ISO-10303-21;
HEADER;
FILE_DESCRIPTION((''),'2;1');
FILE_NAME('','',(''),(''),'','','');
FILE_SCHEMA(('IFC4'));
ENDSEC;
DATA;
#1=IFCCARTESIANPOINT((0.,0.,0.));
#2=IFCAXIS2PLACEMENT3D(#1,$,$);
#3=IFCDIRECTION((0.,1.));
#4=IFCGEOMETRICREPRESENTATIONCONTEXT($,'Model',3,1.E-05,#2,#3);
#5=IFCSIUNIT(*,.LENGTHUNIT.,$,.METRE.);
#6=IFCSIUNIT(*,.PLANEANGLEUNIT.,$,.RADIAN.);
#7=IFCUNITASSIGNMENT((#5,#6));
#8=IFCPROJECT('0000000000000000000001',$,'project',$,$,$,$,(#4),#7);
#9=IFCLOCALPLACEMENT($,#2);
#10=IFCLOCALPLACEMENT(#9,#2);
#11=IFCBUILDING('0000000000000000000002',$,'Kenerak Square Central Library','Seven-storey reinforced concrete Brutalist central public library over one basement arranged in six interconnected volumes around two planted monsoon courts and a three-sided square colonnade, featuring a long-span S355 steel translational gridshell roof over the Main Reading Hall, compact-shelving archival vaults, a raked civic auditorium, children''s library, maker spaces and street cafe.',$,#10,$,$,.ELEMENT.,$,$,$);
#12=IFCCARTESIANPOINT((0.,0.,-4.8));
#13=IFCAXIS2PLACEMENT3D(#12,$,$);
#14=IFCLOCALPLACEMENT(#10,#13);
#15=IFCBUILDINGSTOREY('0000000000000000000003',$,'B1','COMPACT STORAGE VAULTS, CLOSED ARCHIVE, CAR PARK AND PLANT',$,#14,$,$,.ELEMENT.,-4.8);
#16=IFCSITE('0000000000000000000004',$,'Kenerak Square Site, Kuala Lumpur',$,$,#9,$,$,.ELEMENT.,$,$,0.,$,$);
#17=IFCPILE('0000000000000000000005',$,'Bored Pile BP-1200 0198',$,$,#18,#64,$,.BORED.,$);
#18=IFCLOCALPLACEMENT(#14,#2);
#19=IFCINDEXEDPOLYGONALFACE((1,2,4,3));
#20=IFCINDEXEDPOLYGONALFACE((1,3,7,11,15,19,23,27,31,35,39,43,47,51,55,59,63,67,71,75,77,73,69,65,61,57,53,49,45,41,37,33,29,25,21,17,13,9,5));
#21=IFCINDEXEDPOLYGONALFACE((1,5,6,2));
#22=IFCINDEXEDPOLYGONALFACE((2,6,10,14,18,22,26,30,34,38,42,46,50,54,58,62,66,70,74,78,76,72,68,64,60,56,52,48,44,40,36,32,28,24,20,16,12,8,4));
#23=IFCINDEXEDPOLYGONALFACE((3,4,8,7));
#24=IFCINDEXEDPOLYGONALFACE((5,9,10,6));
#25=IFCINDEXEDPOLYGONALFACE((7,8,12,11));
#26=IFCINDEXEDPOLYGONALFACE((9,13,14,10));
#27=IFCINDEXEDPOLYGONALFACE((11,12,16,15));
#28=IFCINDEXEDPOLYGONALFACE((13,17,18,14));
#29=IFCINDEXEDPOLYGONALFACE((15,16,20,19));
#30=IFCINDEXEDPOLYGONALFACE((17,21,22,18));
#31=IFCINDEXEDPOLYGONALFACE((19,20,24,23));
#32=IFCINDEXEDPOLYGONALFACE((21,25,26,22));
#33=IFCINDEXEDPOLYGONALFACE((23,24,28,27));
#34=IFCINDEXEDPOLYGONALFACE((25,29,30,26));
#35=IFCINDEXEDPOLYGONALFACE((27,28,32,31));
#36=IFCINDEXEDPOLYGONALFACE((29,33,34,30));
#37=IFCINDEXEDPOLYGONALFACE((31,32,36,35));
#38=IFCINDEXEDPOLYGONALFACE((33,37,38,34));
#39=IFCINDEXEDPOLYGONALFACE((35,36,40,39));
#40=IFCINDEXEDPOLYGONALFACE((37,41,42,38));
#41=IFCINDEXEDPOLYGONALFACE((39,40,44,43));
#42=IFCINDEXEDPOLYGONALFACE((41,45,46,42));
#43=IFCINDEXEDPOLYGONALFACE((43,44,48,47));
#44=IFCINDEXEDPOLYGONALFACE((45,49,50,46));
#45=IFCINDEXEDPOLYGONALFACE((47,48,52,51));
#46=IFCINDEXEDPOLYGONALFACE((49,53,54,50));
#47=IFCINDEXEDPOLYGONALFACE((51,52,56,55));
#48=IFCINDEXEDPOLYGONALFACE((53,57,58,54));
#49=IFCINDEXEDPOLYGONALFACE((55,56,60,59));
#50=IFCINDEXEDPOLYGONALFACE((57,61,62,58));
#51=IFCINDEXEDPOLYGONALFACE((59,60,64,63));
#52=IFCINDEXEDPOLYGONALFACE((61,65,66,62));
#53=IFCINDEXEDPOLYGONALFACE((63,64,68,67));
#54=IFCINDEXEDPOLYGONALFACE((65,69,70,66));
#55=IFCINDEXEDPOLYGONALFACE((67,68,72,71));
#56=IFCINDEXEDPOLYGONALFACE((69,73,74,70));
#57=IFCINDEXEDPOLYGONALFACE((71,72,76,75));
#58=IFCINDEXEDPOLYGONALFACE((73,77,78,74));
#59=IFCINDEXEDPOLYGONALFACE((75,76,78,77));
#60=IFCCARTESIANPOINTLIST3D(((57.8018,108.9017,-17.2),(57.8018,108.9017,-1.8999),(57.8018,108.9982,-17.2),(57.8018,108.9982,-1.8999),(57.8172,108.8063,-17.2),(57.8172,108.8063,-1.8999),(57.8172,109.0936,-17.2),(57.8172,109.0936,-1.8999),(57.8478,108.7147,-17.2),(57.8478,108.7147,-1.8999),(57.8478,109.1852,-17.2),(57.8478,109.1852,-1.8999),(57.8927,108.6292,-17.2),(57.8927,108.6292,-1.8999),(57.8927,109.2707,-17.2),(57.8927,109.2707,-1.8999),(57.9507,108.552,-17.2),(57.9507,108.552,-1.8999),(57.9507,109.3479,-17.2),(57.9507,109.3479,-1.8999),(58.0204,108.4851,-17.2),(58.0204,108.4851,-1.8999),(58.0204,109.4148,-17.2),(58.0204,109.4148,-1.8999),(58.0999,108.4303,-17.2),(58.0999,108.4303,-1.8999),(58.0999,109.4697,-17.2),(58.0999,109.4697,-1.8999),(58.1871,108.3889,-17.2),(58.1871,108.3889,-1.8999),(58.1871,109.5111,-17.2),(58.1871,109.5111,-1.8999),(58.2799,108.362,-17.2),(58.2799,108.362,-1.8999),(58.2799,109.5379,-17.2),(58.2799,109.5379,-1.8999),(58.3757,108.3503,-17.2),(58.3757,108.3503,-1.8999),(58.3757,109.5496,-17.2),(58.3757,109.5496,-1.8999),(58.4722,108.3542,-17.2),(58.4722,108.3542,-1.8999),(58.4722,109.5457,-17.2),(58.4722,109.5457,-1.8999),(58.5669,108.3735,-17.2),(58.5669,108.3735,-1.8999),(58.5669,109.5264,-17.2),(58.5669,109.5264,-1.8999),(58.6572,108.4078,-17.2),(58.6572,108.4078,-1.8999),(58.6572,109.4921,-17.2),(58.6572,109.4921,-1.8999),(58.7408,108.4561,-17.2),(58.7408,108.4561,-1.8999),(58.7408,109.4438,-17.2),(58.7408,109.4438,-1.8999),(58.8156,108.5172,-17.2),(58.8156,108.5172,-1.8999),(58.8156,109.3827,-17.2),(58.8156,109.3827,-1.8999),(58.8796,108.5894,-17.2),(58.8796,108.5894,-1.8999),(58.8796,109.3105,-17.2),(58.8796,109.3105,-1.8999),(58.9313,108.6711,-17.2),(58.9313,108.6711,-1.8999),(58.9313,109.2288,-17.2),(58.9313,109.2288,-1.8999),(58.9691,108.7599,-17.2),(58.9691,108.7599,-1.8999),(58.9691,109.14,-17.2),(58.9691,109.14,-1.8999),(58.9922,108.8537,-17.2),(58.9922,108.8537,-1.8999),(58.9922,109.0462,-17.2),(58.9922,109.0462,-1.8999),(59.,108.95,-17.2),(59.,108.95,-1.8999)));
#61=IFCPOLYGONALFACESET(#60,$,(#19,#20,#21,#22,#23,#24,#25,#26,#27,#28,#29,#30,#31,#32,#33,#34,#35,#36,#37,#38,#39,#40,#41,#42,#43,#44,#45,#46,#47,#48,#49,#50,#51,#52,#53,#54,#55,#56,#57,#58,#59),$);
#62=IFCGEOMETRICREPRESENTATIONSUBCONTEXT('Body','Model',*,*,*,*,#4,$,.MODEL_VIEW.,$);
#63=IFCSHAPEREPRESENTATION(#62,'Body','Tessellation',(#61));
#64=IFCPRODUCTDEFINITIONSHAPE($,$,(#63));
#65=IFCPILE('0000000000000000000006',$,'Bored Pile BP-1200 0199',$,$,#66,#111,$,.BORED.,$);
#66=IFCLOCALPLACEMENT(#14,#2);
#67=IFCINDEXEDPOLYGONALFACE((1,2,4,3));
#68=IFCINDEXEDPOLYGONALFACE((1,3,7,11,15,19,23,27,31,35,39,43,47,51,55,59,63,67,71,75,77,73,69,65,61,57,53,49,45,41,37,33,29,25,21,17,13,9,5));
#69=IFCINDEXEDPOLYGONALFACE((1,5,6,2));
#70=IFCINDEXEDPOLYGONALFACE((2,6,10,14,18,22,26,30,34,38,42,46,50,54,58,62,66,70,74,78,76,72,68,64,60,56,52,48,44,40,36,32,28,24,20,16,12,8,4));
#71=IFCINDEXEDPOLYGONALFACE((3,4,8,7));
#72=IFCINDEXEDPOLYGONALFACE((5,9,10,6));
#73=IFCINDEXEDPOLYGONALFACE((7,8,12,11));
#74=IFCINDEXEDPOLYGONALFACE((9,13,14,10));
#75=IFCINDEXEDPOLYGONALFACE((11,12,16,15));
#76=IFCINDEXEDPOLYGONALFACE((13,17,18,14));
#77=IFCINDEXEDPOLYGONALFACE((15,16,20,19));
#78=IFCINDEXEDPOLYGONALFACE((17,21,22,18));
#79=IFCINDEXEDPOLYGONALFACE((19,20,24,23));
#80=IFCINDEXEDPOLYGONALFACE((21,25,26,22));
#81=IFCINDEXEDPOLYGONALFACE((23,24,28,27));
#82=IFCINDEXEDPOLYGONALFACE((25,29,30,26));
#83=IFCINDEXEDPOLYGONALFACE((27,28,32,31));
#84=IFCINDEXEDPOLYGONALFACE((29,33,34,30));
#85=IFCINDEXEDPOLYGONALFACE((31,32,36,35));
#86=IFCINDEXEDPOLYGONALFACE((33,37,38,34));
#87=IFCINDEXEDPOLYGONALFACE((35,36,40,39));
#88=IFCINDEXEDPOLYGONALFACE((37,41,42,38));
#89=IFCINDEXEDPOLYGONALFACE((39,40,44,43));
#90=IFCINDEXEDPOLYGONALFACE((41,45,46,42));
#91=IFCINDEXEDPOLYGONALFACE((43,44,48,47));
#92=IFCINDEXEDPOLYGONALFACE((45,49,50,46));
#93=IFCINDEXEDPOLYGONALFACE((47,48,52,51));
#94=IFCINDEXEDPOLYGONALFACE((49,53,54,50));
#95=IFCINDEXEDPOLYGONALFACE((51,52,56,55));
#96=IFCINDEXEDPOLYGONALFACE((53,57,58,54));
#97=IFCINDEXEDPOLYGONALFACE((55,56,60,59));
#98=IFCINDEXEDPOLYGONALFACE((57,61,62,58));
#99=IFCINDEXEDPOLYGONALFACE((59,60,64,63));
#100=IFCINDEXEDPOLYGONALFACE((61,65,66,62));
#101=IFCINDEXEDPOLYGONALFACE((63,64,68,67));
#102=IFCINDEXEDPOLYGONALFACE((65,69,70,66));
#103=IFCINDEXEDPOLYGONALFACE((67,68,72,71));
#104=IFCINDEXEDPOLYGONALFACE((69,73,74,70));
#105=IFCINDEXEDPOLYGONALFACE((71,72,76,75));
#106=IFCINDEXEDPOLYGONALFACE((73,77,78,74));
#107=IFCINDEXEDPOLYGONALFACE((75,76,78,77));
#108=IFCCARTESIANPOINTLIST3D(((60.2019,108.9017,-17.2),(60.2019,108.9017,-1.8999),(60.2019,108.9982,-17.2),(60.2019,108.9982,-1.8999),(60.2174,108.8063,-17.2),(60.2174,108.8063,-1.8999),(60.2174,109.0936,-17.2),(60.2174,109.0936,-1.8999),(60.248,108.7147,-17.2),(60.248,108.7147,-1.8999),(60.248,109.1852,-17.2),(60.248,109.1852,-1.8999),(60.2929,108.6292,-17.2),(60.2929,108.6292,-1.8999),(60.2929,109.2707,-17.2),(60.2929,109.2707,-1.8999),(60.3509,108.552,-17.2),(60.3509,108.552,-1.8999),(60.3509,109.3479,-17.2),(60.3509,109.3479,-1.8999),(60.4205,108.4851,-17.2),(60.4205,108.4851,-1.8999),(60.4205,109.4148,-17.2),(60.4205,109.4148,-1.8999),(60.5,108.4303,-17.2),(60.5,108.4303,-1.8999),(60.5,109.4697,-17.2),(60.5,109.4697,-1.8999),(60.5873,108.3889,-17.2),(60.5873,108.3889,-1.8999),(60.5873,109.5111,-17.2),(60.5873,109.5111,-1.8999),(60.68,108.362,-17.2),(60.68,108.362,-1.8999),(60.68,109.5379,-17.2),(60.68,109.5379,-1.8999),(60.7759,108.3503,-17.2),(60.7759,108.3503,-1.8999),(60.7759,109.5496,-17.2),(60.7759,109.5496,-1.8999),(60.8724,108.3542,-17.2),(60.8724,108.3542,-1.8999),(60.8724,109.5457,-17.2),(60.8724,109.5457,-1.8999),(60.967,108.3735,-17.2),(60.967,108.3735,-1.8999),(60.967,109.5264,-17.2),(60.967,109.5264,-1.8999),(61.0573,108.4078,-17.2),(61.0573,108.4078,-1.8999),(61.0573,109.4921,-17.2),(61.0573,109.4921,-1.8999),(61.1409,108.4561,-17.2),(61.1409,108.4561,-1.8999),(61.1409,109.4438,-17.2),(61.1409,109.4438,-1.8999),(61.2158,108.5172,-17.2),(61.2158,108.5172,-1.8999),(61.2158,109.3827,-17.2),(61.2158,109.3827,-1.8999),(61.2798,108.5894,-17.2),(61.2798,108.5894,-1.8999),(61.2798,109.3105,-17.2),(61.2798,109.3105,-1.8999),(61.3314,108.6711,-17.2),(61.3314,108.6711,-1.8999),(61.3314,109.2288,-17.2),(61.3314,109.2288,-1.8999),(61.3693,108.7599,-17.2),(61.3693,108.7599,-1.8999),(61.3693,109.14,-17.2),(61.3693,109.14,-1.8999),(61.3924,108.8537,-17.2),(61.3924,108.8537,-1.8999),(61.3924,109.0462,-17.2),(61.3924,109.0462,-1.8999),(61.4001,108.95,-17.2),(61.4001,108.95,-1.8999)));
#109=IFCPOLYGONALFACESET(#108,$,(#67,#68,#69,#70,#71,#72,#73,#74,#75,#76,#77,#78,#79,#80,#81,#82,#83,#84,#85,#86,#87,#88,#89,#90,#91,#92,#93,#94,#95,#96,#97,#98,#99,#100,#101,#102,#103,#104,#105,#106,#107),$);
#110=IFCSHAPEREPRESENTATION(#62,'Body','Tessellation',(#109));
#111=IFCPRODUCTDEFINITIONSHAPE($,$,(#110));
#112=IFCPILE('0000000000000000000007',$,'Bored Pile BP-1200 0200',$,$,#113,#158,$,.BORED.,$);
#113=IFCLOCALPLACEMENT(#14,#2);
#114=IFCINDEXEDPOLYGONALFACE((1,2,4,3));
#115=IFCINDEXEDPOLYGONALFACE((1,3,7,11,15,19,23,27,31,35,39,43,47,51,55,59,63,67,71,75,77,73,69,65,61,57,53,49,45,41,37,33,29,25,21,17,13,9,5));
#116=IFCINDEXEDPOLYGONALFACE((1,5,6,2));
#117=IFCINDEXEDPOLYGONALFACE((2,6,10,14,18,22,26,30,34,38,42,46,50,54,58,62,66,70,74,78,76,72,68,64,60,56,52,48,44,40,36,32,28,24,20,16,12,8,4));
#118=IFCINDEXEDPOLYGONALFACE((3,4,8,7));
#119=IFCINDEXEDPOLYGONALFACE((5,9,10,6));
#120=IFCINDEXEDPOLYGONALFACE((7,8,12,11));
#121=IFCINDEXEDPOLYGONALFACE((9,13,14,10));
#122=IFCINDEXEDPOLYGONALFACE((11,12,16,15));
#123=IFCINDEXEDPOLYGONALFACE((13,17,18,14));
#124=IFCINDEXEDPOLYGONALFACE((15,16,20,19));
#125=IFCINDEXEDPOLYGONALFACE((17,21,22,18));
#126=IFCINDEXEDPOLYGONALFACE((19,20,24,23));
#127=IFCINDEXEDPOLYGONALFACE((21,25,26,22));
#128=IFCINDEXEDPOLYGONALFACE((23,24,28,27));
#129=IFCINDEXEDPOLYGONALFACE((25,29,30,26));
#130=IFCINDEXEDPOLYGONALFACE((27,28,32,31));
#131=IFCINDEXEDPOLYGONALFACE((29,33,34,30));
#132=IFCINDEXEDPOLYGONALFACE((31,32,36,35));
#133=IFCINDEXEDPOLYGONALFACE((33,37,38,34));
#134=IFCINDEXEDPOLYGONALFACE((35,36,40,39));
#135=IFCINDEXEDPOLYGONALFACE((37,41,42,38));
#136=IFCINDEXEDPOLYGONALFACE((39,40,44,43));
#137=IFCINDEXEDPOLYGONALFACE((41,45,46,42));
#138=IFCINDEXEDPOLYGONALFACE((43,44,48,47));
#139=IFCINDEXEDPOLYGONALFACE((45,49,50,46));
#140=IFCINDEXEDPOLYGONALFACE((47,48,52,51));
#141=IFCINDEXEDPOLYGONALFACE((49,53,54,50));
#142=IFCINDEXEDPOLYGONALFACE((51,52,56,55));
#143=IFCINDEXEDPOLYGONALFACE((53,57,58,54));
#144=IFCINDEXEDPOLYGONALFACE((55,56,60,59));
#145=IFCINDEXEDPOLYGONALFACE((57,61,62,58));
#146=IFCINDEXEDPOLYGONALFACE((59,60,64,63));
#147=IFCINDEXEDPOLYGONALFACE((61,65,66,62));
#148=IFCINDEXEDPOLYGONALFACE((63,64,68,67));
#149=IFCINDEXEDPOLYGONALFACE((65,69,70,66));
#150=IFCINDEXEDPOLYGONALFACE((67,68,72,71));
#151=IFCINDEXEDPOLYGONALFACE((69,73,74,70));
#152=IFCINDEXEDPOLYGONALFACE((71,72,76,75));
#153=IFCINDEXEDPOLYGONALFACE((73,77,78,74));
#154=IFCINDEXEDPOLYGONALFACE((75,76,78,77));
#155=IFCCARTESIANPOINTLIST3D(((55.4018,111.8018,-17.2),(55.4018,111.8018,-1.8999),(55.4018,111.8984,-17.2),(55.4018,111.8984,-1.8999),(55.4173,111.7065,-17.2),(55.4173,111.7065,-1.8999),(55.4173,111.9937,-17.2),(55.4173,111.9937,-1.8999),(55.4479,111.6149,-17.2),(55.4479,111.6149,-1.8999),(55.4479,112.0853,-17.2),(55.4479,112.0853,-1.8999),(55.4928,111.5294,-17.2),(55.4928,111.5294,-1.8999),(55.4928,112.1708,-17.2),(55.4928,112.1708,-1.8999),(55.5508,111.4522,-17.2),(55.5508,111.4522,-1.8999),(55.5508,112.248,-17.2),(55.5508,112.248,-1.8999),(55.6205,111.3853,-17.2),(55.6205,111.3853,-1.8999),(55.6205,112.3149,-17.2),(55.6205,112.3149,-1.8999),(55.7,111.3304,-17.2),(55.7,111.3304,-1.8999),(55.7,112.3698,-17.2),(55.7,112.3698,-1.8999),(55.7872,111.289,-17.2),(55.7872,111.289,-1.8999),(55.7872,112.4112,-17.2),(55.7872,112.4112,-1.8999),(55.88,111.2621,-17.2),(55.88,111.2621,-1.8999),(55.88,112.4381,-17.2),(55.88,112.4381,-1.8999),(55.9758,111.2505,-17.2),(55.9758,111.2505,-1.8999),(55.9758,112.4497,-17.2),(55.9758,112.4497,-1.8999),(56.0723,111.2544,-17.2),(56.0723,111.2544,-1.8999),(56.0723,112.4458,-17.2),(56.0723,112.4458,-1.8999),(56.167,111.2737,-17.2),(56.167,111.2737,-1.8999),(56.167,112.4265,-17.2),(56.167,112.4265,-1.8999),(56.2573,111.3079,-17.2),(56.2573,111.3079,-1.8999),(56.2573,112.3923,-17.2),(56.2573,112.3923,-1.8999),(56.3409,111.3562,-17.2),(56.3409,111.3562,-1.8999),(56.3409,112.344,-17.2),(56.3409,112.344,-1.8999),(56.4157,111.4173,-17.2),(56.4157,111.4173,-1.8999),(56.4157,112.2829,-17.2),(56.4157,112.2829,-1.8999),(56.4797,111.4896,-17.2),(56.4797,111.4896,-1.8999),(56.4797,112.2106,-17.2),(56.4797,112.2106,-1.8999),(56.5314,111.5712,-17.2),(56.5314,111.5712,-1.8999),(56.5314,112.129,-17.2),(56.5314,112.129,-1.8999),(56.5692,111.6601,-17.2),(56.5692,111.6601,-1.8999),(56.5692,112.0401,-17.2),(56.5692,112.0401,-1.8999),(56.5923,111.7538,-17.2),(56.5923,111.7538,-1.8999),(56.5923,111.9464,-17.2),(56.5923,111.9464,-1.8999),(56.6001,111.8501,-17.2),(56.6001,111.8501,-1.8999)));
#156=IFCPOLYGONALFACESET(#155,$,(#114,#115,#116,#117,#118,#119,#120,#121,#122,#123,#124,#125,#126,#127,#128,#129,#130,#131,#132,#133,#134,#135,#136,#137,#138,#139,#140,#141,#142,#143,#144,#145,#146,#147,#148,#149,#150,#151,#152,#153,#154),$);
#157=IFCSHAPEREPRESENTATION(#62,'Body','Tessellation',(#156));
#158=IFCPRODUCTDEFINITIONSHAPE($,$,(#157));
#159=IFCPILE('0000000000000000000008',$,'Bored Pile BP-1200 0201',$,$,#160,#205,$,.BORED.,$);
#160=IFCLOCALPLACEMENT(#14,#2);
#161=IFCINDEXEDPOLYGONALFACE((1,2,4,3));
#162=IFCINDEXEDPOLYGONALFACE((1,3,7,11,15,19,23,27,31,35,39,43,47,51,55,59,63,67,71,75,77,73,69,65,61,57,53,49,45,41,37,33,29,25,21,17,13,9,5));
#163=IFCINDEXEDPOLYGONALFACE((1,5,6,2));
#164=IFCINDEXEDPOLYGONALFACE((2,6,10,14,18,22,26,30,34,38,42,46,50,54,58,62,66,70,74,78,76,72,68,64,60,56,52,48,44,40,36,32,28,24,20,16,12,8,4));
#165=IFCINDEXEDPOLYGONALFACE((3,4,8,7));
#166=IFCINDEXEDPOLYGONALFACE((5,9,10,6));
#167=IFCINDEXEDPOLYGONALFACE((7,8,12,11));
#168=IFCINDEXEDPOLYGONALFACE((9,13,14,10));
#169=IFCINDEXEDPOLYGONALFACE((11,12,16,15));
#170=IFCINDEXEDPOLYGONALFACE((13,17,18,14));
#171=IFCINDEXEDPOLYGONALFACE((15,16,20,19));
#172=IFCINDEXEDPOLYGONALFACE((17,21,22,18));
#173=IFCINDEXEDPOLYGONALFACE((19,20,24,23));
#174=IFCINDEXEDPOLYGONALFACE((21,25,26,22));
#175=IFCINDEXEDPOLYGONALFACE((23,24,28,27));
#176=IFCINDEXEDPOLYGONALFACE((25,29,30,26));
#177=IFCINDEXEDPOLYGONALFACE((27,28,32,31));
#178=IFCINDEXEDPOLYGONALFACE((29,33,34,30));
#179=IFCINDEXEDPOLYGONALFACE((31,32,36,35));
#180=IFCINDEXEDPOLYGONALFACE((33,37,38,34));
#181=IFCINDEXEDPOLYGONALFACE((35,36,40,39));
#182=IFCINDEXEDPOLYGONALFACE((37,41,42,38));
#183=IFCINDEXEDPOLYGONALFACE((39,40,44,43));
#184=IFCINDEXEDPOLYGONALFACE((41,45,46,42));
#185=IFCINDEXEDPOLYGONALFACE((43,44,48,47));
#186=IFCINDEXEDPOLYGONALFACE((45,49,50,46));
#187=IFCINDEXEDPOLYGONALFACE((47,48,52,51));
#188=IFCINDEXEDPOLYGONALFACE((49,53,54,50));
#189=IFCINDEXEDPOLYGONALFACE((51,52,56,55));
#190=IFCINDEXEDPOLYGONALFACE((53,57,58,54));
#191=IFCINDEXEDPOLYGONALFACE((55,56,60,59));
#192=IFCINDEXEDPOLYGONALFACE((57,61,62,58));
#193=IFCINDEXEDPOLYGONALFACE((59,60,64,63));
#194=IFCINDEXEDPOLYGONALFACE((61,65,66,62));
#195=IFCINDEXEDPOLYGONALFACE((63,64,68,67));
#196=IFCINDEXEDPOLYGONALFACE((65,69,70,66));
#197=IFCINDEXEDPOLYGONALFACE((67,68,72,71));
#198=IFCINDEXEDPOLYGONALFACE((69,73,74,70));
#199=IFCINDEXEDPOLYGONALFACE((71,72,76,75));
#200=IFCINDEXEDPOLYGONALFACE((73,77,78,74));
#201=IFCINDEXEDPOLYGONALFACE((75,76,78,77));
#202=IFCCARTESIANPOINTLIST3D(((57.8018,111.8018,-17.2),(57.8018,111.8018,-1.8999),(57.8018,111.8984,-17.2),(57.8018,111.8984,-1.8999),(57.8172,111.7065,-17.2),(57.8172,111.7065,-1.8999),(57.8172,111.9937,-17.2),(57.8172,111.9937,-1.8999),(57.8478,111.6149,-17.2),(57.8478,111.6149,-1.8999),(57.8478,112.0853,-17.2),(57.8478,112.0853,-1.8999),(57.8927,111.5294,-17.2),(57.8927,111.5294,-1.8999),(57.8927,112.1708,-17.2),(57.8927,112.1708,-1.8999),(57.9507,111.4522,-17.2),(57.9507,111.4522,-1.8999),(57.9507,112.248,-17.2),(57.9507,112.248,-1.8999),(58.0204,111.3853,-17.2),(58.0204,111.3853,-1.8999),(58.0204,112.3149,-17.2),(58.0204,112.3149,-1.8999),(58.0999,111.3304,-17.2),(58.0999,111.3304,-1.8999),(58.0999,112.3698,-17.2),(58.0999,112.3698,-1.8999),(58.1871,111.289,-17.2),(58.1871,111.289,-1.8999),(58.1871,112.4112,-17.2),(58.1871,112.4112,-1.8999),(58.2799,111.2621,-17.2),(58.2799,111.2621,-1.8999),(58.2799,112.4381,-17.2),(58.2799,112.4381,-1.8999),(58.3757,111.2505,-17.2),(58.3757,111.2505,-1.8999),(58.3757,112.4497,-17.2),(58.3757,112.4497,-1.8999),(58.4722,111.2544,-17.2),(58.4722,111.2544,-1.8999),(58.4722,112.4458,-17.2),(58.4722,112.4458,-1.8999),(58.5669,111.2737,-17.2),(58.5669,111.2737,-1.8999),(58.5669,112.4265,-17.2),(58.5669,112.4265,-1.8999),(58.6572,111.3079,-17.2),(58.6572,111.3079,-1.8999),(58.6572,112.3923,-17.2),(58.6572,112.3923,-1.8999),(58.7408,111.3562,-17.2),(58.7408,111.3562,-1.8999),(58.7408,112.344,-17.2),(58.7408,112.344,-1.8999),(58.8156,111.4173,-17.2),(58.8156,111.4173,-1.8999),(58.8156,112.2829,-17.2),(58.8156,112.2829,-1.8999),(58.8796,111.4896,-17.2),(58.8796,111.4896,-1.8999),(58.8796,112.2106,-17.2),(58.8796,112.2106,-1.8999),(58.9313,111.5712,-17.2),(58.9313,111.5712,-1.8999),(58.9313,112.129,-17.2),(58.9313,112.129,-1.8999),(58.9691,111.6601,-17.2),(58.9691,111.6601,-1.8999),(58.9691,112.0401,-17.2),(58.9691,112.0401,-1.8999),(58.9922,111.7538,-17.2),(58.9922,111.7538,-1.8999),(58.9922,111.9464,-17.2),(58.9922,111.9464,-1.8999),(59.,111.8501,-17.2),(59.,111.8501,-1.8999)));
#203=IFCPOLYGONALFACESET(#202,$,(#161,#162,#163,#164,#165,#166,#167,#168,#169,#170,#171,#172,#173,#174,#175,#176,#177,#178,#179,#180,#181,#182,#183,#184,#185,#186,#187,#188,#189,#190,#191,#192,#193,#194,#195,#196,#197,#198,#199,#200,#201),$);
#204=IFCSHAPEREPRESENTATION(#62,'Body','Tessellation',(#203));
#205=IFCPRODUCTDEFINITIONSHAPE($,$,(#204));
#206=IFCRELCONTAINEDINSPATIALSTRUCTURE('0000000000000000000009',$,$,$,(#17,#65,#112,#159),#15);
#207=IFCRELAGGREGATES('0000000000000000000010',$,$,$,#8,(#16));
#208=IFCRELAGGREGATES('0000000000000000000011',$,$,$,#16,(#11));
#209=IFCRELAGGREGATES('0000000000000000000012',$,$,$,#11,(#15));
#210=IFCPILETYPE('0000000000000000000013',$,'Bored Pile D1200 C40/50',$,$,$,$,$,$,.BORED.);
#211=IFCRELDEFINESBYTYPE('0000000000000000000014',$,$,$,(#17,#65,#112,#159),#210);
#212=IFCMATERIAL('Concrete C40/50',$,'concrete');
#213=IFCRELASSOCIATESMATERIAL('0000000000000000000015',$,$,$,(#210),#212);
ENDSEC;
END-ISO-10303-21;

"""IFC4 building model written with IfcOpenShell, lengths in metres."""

from ifc_helpers import new_model, si_unit, direction, frame, origin, origin_2d, place, context, subcontext, project, spatial, circle, extrude, material, material_profile, profile_set, type_object, element, save


model = new_model("IFC4")

# Units and contexts
model_context = context("Model", 3, precision=1e-05, world=origin(), true_north=direction((0.0, 1.0)))
body_context = subcontext(model_context, "Body", "Model", "MODEL_VIEW")
ifc_project = project(units=[si_unit("LENGTHUNIT", "METRE"), si_unit("PLANEANGLEUNIT", "RADIAN")], contexts=[model_context])

# Site, building, storey
site_placement = place(None, origin())
site = spatial("IfcSite", under=ifc_project, at=site_placement, Name="Kenerak Square Site, Kuala Lumpur", CompositionType="ELEMENT", RefElevation=0.0)
building_placement = place(site_placement, origin())
building = spatial("IfcBuilding", under=site, at=building_placement, Name="Kenerak Square Central Library", Description="Seven-storey reinforced concrete Brutalist central public library over one basement arranged in six interconnected volumes around two planted monsoon courts and a three-sided square colonnade, featuring a long-span S355 steel translational gridshell roof over the Main Reading Hall, compact-shelving archival vaults, a raked civic auditorium, children's library, maker spaces and street cafe.", CompositionType="ELEMENT")
storey_placement = place(building_placement, frame((0.0, 0.0, -4.8)))
storey = spatial("IfcBuildingStorey", under=building, at=storey_placement, Name="B1", Description="COMPACT STORAGE VAULTS, CLOSED ARCHIVE, CAR PARK AND PLANT", CompositionType="ELEMENT", Elevation=-4.8)

# Piles
ifc_material_1 = material(Name="Concrete C40/50", Category="concrete")
ifc_material_profile_1 = material_profile(ifc_material_1, circle(Radius=0.6001, at=origin_2d()), Name="BP D1200")
ifc_profile_set_1 = profile_set([ifc_material_profile_1], Name="Concrete C40/50")
pile_type_1 = type_object("IfcPileType", Name="Bored Pile D1200 C40/50", PredefinedType="BORED", material=ifc_profile_set_1)
for number, where, z_axis, x_axis, name in (
    (1, (58.3999, 108.95, -1.8999), (0.0, 0.0, -1.0), (1.0, 0.0, 0.0), "Bored Pile BP-1200 0198"),
    (2, (60.8, 108.95, -1.8999), (0.0, 0.0, -1.0), (1.0, 0.0, 0.0), "Bored Pile BP-1200 0199"),
    (3, (56.0, 111.8501, -1.8999), (0.0, 0.0, -1.0), (1.0, 0.0, 0.0), "Bored Pile BP-1200 0200"),
    (4, (58.3999, 111.8501, -1.8999), (0.0, 0.0, -1.0), (1.0, 0.0, 0.0), "Bored Pile BP-1200 0201"),
):
    element("IfcPile", number, at=place(storey_placement, frame(where, z_axis=z_axis, x_axis=x_axis)), inside=storey, type_object=pile_type_1, Name=name, PredefinedType="BORED", context=body_context, shape_type="SweptSolid", body=[
        extrude(circle(Radius=0.6001, at=origin_2d()), origin(), (0.0, 0.0, 1.0), 15.3),
    ])

save(model, "model.ifc")
